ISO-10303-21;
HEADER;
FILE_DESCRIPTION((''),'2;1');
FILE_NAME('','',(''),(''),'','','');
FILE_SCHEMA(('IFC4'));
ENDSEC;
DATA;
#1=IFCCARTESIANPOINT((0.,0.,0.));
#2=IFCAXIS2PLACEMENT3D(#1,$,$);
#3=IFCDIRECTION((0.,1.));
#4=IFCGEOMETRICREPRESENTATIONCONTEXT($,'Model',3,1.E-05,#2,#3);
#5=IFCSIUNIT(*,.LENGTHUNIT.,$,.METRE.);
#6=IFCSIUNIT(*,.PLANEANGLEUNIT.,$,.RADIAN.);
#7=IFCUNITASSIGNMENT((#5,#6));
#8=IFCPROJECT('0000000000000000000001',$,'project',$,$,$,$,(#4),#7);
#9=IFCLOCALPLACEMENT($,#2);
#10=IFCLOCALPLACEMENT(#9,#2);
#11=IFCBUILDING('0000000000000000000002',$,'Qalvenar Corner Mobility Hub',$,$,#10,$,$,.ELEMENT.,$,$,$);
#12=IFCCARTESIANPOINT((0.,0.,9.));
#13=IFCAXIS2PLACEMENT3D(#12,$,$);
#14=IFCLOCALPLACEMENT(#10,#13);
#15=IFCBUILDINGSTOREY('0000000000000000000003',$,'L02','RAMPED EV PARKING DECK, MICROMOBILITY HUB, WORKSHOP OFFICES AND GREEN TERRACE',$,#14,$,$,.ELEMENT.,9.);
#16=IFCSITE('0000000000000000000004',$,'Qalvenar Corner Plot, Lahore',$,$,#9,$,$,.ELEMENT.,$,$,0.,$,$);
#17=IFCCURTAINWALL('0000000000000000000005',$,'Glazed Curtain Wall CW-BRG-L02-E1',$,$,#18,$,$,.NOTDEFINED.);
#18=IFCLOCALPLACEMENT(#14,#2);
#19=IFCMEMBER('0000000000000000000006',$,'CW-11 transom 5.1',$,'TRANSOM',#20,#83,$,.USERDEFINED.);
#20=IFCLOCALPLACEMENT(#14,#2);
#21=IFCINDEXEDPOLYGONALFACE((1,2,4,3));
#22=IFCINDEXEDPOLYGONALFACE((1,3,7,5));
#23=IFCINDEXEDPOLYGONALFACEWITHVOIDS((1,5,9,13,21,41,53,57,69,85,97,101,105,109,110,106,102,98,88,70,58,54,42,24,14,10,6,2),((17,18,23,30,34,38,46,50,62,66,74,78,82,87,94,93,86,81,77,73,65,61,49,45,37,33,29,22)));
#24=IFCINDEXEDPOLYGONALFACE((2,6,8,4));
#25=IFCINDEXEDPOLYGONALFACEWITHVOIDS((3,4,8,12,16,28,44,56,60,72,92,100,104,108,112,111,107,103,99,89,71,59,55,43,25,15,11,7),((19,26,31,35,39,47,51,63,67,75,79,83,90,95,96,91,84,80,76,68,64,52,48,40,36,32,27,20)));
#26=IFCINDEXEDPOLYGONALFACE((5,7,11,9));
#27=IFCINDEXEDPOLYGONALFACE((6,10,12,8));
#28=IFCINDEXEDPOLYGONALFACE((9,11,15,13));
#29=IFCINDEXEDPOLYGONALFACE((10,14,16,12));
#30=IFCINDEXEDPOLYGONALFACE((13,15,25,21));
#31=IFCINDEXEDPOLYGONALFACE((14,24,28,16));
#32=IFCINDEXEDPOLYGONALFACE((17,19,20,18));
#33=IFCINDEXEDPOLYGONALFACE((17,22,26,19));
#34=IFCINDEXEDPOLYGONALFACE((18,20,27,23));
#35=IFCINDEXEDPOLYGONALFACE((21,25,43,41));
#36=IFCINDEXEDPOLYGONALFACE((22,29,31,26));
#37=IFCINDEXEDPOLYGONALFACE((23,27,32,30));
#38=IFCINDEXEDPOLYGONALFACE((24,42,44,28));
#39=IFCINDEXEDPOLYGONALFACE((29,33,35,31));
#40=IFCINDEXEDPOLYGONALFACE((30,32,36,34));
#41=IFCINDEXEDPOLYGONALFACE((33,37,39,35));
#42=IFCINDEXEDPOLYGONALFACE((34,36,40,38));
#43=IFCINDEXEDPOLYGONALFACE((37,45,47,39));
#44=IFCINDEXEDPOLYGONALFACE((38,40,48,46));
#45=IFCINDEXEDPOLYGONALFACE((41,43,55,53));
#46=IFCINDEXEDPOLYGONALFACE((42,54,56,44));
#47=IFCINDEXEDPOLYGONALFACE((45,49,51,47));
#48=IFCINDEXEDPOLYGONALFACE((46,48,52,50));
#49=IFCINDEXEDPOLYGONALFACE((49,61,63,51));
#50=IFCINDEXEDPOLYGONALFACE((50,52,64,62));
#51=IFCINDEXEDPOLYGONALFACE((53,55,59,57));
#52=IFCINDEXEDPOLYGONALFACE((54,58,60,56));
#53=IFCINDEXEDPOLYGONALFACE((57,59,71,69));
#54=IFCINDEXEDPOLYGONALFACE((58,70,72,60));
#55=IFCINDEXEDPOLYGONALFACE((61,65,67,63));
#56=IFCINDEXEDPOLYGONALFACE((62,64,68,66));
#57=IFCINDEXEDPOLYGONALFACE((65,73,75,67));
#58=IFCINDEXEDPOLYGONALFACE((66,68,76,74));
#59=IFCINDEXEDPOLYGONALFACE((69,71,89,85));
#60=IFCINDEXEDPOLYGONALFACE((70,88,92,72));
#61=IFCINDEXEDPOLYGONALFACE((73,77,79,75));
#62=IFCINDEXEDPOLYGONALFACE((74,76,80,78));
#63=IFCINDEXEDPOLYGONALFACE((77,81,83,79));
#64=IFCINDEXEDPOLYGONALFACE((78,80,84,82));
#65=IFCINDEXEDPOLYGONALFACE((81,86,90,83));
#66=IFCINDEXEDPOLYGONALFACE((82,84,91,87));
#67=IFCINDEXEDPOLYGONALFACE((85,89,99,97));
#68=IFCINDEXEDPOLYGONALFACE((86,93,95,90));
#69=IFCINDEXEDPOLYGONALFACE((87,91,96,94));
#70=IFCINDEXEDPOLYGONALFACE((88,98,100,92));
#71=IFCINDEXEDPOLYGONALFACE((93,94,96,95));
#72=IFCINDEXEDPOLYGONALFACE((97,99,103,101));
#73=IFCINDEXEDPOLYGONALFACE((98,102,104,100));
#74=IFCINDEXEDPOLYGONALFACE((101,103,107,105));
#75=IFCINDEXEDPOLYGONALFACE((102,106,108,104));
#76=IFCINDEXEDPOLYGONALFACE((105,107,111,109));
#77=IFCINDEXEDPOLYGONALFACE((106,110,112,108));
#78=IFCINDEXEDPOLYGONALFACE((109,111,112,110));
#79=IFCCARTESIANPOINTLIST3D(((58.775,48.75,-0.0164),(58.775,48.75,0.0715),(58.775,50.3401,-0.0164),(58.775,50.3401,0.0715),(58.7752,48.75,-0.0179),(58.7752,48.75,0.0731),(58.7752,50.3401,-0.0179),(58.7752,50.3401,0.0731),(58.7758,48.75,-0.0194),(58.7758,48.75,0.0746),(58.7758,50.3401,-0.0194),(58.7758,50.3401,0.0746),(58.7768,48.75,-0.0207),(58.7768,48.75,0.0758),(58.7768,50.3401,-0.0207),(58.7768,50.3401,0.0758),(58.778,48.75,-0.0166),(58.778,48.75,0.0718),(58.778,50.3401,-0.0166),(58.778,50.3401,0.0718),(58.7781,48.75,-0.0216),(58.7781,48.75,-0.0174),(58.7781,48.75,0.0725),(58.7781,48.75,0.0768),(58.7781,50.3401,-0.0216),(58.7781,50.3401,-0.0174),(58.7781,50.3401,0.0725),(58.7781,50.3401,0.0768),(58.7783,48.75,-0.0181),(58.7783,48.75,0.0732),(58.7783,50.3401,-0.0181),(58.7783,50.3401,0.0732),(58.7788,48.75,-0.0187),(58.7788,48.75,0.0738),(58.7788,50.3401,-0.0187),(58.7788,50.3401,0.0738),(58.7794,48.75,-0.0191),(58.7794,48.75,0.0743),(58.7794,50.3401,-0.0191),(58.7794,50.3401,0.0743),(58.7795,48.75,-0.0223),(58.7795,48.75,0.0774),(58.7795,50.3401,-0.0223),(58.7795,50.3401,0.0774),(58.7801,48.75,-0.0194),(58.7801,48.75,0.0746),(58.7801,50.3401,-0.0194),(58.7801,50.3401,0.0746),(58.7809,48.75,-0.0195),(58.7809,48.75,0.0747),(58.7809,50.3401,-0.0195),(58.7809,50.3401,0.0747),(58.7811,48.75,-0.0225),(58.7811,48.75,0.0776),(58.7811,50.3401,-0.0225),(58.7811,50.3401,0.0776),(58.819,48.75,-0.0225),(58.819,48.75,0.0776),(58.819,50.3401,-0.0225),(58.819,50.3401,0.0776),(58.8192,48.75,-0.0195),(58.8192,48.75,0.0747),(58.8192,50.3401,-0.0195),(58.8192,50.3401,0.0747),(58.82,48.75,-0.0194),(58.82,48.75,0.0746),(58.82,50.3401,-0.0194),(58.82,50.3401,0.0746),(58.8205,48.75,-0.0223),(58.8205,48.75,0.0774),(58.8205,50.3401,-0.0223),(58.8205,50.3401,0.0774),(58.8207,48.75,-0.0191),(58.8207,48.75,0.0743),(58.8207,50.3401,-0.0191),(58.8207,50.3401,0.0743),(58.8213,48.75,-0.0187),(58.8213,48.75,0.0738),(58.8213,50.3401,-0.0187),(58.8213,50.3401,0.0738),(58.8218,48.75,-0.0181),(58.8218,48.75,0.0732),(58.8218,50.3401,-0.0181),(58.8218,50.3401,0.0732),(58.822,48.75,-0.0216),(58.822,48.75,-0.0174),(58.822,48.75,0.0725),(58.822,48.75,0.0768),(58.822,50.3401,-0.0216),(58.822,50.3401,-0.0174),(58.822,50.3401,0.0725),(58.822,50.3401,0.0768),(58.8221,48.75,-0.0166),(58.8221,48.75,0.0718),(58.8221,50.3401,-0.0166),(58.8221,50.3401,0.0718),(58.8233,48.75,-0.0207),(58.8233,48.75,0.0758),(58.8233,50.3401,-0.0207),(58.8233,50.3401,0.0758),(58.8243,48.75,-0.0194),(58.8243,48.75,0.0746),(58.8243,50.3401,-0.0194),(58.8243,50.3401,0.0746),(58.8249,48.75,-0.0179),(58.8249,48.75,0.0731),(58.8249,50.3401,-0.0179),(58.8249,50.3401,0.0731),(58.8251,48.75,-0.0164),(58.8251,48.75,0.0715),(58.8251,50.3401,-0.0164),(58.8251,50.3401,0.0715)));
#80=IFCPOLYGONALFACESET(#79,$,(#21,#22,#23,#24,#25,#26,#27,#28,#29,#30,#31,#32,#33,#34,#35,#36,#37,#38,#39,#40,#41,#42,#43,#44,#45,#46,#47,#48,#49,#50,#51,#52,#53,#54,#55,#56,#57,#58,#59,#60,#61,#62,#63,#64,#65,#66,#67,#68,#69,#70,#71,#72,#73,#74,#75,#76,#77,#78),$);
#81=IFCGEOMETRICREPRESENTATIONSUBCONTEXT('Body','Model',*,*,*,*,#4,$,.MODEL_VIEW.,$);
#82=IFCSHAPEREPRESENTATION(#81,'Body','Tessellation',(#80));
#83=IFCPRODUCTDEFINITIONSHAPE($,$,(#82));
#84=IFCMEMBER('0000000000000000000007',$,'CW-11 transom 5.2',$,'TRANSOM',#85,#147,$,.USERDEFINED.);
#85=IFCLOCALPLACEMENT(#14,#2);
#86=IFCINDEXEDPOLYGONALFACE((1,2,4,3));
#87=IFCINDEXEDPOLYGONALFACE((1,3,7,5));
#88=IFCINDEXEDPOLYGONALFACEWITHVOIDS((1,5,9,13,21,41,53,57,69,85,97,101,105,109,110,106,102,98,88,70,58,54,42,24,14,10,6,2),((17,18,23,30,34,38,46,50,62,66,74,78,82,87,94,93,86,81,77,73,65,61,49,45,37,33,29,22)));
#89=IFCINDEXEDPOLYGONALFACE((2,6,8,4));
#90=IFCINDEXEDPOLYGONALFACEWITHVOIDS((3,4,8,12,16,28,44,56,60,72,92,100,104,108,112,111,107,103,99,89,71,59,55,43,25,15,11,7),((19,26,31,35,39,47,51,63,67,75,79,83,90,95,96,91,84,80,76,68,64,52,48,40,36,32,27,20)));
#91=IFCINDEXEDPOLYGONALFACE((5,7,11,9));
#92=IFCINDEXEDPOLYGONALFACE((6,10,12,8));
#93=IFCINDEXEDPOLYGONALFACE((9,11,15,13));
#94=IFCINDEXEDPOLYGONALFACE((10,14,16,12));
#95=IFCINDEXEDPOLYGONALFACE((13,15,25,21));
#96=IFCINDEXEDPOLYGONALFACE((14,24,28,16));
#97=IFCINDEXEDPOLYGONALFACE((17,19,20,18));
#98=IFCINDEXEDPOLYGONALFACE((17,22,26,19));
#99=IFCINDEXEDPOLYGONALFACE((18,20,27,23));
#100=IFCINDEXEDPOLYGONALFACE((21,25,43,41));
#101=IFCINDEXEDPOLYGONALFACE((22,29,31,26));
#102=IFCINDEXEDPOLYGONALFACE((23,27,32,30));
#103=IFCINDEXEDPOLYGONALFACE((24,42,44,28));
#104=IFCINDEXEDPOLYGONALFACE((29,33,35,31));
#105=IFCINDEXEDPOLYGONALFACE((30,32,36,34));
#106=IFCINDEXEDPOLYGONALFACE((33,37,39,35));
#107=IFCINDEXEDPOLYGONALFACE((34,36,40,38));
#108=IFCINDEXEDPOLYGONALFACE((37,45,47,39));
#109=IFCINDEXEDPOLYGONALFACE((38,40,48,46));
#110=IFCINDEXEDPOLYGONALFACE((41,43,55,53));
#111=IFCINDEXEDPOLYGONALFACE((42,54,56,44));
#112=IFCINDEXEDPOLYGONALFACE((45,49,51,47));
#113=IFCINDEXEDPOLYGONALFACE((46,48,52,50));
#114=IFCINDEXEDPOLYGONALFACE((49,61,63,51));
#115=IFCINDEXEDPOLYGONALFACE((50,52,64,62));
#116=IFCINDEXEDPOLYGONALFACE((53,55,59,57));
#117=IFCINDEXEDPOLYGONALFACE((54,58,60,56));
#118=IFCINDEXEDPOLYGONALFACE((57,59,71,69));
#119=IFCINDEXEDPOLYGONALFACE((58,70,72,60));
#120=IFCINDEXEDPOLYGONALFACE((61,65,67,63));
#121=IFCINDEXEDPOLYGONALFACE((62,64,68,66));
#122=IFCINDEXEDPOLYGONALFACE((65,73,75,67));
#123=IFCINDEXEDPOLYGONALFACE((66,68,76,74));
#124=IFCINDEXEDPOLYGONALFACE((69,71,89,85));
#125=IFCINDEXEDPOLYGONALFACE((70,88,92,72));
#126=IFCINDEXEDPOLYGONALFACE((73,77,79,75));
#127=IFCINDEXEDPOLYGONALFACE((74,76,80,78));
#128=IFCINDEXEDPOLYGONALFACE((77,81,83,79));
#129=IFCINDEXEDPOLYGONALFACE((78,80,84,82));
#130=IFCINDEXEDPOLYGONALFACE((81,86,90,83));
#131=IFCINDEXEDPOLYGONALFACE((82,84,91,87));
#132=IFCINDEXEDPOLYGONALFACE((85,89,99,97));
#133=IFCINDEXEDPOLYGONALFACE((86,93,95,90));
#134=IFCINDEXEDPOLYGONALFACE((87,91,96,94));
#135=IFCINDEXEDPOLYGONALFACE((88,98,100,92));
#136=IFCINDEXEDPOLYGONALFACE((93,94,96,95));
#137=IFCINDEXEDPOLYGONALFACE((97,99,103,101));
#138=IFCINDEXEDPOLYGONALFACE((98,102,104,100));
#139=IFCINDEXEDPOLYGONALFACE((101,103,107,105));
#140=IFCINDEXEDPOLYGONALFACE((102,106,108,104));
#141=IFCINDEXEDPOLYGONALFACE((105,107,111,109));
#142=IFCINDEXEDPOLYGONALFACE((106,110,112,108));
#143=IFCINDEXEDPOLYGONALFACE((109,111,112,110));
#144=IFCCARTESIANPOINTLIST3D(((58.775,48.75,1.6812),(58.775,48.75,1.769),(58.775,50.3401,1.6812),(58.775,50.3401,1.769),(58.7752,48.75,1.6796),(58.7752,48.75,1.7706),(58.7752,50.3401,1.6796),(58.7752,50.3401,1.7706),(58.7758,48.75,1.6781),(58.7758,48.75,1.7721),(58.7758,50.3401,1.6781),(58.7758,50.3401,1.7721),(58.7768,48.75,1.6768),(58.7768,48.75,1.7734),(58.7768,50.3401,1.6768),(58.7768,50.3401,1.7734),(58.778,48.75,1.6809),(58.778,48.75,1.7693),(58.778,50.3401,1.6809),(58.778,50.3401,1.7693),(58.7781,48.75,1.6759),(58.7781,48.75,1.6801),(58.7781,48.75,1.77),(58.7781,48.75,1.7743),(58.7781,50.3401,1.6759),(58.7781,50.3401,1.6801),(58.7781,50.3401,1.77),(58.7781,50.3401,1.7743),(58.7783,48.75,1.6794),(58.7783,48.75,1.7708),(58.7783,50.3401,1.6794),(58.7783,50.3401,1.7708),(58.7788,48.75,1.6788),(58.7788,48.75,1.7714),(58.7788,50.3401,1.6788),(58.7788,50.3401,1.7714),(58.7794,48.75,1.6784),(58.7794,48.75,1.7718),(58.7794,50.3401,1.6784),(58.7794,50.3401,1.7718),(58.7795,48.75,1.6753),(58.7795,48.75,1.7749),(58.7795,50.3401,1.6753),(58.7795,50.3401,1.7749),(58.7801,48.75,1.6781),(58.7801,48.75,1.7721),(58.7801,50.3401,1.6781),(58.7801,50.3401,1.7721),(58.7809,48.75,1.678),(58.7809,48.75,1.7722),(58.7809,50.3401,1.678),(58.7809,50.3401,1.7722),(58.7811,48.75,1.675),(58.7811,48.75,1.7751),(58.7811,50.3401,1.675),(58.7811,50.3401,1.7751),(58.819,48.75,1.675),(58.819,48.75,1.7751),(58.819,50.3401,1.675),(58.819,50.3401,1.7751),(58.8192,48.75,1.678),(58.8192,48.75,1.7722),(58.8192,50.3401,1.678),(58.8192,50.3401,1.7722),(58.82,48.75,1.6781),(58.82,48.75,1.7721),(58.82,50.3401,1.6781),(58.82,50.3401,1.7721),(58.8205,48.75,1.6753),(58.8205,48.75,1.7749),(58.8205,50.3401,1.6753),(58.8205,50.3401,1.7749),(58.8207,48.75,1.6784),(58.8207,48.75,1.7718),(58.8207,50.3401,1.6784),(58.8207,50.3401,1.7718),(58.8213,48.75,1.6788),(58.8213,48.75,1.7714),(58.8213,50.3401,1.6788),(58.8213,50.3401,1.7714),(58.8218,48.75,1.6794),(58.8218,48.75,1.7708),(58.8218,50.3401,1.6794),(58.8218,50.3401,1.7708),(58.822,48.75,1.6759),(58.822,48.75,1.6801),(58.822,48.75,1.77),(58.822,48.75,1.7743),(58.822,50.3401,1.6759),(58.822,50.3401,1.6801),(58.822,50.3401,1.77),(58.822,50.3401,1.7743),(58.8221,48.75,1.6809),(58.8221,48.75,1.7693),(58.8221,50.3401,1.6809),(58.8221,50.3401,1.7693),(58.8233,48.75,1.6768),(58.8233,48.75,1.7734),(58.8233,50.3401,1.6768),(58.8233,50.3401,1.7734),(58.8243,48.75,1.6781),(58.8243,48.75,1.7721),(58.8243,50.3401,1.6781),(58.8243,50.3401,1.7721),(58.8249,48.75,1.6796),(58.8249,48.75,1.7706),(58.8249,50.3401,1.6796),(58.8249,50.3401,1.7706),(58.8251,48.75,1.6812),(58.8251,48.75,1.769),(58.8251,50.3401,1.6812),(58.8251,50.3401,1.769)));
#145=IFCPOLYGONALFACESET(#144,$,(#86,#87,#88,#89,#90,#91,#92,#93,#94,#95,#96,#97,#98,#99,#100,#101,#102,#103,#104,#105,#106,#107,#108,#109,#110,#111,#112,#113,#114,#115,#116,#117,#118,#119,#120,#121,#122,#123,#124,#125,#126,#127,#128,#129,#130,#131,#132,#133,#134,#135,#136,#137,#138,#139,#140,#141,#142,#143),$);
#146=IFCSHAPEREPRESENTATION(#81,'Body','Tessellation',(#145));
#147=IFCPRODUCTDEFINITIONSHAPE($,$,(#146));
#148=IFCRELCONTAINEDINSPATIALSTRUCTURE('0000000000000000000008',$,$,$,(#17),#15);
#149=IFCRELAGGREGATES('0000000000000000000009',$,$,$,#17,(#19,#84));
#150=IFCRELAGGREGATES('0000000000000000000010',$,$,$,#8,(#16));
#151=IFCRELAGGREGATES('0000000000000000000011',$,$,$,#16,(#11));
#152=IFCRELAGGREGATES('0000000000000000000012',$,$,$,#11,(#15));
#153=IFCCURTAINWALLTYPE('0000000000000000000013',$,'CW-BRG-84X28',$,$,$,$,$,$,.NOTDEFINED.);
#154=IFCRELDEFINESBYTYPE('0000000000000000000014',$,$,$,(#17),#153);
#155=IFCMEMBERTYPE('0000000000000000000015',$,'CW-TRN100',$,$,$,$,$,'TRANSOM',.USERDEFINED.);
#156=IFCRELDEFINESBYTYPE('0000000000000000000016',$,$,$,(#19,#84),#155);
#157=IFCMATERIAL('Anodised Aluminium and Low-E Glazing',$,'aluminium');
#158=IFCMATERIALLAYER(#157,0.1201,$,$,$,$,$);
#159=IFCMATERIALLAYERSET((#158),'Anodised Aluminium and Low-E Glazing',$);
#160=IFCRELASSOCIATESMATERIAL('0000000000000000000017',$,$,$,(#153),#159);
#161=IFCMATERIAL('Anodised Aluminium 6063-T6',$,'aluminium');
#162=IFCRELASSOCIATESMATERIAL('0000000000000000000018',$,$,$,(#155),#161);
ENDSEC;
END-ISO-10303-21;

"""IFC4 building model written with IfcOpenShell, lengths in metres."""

from ifc_helpers import new_model, si_unit, direction, frame, origin, origin_2d, place, context, subcontext, project, spatial, hollow_rectangle, extrude, material, layer, layer_set, material_profile, profile_set, type_object, element, aggregate, save


model = new_model("IFC4")

# Units and contexts
model_context = context("Model", 3, precision=1e-05, world=origin(), true_north=direction((0.0, 1.0)))
body_context = subcontext(model_context, "Body", "Model", "MODEL_VIEW")
ifc_project = project(units=[si_unit("LENGTHUNIT", "METRE"), si_unit("PLANEANGLEUNIT", "RADIAN")], contexts=[model_context])

# Site, building, storey
site_placement = place(None, origin())
site = spatial("IfcSite", under=ifc_project, at=site_placement, Name="Qalvenar Corner Plot, Lahore", CompositionType="ELEMENT", RefElevation=0.0)
building_placement = place(site_placement, origin())
building = spatial("IfcBuilding", under=site, at=building_placement, Name="Qalvenar Corner Mobility Hub", CompositionType="ELEMENT")
storey_placement = place(building_placement, frame((0.0, 0.0, 9.0)))
storey = spatial("IfcBuildingStorey", under=building, at=storey_placement, Name="L02", Description="RAMPED EV PARKING DECK, MICROMOBILITY HUB, WORKSHOP OFFICES AND GREEN TERRACE", CompositionType="ELEMENT", Elevation=9.0)

# Shared definitions
ifc_material_1 = material(Name="Anodised Aluminium and Low-E Glazing", Category="aluminium")
ifc_layer_1 = layer(ifc_material_1, 0.1201)
ifc_layer_set_1 = layer_set([ifc_layer_1], Name="Anodised Aluminium and Low-E Glazing")
curtain_wall_type = type_object("IfcCurtainWallType", Name="CW-BRG-84X28", PredefinedType="NOTDEFINED", material=ifc_layer_set_1)
ifc_material_2 = material(Name="Anodised Aluminium 6063-T6", Category="aluminium")

# Curtain wall
curtain_wall_1_placement = place(storey_placement, origin())
curtain_wall_1 = element("IfcCurtainWall", 1, at=curtain_wall_1_placement, inside=storey, type_object=curtain_wall_type, Name="Glazed Curtain Wall CW-BRG-L02-E1", PredefinedType="NOTDEFINED")

# Members
ifc_material_profile_1 = material_profile(ifc_material_2, hollow_rectangle(XDim=0.05, YDim=0.1001, WallThickness=0.0029, InnerFilletRadius=0.0029, OuterFilletRadius=0.0061, at=origin_2d()), Name="RHS100x50x3")
ifc_profile_set_1 = profile_set([ifc_material_profile_1], Name="Anodised Aluminium 6063-T6")
member_type_1 = type_object("IfcMemberType", Name="CW-TRN100", ElementType="TRANSOM", PredefinedType="USERDEFINED", material=ifc_profile_set_1)
member_1_placement = place(storey_placement, frame((58.8, 48.75, 0.0276), z_axis=(0.0, 1.0, 0.0), x_axis=(-1.0, 0.0, 0.0)))
member_1 = element("IfcMember", 2, at=member_1_placement, type_object=member_type_1, Name="CW-11 transom 5.1", ObjectType="TRANSOM", PredefinedType="USERDEFINED", context=body_context, shape_type="SweptSolid", body=[
    extrude(hollow_rectangle(XDim=0.05, YDim=0.1001, WallThickness=0.0029, InnerFilletRadius=0.0029, OuterFilletRadius=0.0061, at=origin_2d()), origin(), (0.0, 0.0, 1.0), 1.5901),
])
member_2_placement = place(storey_placement, frame((58.8, 48.75, 1.7251), z_axis=(0.0, 1.0, 0.0), x_axis=(-1.0, 0.0, 0.0)))
member_2 = element("IfcMember", 3, at=member_2_placement, type_object=member_type_1, Name="CW-11 transom 5.2", ObjectType="TRANSOM", PredefinedType="USERDEFINED", context=body_context, shape_type="SweptSolid", body=[
    extrude(hollow_rectangle(XDim=0.05, YDim=0.1001, WallThickness=0.0029, InnerFilletRadius=0.0029, OuterFilletRadius=0.0061, at=origin_2d()), origin(), (0.0, 0.0, 1.0), 1.5901),
])

aggregate(curtain_wall_1, [member_1, member_2])

save(model, "model.ifc")
